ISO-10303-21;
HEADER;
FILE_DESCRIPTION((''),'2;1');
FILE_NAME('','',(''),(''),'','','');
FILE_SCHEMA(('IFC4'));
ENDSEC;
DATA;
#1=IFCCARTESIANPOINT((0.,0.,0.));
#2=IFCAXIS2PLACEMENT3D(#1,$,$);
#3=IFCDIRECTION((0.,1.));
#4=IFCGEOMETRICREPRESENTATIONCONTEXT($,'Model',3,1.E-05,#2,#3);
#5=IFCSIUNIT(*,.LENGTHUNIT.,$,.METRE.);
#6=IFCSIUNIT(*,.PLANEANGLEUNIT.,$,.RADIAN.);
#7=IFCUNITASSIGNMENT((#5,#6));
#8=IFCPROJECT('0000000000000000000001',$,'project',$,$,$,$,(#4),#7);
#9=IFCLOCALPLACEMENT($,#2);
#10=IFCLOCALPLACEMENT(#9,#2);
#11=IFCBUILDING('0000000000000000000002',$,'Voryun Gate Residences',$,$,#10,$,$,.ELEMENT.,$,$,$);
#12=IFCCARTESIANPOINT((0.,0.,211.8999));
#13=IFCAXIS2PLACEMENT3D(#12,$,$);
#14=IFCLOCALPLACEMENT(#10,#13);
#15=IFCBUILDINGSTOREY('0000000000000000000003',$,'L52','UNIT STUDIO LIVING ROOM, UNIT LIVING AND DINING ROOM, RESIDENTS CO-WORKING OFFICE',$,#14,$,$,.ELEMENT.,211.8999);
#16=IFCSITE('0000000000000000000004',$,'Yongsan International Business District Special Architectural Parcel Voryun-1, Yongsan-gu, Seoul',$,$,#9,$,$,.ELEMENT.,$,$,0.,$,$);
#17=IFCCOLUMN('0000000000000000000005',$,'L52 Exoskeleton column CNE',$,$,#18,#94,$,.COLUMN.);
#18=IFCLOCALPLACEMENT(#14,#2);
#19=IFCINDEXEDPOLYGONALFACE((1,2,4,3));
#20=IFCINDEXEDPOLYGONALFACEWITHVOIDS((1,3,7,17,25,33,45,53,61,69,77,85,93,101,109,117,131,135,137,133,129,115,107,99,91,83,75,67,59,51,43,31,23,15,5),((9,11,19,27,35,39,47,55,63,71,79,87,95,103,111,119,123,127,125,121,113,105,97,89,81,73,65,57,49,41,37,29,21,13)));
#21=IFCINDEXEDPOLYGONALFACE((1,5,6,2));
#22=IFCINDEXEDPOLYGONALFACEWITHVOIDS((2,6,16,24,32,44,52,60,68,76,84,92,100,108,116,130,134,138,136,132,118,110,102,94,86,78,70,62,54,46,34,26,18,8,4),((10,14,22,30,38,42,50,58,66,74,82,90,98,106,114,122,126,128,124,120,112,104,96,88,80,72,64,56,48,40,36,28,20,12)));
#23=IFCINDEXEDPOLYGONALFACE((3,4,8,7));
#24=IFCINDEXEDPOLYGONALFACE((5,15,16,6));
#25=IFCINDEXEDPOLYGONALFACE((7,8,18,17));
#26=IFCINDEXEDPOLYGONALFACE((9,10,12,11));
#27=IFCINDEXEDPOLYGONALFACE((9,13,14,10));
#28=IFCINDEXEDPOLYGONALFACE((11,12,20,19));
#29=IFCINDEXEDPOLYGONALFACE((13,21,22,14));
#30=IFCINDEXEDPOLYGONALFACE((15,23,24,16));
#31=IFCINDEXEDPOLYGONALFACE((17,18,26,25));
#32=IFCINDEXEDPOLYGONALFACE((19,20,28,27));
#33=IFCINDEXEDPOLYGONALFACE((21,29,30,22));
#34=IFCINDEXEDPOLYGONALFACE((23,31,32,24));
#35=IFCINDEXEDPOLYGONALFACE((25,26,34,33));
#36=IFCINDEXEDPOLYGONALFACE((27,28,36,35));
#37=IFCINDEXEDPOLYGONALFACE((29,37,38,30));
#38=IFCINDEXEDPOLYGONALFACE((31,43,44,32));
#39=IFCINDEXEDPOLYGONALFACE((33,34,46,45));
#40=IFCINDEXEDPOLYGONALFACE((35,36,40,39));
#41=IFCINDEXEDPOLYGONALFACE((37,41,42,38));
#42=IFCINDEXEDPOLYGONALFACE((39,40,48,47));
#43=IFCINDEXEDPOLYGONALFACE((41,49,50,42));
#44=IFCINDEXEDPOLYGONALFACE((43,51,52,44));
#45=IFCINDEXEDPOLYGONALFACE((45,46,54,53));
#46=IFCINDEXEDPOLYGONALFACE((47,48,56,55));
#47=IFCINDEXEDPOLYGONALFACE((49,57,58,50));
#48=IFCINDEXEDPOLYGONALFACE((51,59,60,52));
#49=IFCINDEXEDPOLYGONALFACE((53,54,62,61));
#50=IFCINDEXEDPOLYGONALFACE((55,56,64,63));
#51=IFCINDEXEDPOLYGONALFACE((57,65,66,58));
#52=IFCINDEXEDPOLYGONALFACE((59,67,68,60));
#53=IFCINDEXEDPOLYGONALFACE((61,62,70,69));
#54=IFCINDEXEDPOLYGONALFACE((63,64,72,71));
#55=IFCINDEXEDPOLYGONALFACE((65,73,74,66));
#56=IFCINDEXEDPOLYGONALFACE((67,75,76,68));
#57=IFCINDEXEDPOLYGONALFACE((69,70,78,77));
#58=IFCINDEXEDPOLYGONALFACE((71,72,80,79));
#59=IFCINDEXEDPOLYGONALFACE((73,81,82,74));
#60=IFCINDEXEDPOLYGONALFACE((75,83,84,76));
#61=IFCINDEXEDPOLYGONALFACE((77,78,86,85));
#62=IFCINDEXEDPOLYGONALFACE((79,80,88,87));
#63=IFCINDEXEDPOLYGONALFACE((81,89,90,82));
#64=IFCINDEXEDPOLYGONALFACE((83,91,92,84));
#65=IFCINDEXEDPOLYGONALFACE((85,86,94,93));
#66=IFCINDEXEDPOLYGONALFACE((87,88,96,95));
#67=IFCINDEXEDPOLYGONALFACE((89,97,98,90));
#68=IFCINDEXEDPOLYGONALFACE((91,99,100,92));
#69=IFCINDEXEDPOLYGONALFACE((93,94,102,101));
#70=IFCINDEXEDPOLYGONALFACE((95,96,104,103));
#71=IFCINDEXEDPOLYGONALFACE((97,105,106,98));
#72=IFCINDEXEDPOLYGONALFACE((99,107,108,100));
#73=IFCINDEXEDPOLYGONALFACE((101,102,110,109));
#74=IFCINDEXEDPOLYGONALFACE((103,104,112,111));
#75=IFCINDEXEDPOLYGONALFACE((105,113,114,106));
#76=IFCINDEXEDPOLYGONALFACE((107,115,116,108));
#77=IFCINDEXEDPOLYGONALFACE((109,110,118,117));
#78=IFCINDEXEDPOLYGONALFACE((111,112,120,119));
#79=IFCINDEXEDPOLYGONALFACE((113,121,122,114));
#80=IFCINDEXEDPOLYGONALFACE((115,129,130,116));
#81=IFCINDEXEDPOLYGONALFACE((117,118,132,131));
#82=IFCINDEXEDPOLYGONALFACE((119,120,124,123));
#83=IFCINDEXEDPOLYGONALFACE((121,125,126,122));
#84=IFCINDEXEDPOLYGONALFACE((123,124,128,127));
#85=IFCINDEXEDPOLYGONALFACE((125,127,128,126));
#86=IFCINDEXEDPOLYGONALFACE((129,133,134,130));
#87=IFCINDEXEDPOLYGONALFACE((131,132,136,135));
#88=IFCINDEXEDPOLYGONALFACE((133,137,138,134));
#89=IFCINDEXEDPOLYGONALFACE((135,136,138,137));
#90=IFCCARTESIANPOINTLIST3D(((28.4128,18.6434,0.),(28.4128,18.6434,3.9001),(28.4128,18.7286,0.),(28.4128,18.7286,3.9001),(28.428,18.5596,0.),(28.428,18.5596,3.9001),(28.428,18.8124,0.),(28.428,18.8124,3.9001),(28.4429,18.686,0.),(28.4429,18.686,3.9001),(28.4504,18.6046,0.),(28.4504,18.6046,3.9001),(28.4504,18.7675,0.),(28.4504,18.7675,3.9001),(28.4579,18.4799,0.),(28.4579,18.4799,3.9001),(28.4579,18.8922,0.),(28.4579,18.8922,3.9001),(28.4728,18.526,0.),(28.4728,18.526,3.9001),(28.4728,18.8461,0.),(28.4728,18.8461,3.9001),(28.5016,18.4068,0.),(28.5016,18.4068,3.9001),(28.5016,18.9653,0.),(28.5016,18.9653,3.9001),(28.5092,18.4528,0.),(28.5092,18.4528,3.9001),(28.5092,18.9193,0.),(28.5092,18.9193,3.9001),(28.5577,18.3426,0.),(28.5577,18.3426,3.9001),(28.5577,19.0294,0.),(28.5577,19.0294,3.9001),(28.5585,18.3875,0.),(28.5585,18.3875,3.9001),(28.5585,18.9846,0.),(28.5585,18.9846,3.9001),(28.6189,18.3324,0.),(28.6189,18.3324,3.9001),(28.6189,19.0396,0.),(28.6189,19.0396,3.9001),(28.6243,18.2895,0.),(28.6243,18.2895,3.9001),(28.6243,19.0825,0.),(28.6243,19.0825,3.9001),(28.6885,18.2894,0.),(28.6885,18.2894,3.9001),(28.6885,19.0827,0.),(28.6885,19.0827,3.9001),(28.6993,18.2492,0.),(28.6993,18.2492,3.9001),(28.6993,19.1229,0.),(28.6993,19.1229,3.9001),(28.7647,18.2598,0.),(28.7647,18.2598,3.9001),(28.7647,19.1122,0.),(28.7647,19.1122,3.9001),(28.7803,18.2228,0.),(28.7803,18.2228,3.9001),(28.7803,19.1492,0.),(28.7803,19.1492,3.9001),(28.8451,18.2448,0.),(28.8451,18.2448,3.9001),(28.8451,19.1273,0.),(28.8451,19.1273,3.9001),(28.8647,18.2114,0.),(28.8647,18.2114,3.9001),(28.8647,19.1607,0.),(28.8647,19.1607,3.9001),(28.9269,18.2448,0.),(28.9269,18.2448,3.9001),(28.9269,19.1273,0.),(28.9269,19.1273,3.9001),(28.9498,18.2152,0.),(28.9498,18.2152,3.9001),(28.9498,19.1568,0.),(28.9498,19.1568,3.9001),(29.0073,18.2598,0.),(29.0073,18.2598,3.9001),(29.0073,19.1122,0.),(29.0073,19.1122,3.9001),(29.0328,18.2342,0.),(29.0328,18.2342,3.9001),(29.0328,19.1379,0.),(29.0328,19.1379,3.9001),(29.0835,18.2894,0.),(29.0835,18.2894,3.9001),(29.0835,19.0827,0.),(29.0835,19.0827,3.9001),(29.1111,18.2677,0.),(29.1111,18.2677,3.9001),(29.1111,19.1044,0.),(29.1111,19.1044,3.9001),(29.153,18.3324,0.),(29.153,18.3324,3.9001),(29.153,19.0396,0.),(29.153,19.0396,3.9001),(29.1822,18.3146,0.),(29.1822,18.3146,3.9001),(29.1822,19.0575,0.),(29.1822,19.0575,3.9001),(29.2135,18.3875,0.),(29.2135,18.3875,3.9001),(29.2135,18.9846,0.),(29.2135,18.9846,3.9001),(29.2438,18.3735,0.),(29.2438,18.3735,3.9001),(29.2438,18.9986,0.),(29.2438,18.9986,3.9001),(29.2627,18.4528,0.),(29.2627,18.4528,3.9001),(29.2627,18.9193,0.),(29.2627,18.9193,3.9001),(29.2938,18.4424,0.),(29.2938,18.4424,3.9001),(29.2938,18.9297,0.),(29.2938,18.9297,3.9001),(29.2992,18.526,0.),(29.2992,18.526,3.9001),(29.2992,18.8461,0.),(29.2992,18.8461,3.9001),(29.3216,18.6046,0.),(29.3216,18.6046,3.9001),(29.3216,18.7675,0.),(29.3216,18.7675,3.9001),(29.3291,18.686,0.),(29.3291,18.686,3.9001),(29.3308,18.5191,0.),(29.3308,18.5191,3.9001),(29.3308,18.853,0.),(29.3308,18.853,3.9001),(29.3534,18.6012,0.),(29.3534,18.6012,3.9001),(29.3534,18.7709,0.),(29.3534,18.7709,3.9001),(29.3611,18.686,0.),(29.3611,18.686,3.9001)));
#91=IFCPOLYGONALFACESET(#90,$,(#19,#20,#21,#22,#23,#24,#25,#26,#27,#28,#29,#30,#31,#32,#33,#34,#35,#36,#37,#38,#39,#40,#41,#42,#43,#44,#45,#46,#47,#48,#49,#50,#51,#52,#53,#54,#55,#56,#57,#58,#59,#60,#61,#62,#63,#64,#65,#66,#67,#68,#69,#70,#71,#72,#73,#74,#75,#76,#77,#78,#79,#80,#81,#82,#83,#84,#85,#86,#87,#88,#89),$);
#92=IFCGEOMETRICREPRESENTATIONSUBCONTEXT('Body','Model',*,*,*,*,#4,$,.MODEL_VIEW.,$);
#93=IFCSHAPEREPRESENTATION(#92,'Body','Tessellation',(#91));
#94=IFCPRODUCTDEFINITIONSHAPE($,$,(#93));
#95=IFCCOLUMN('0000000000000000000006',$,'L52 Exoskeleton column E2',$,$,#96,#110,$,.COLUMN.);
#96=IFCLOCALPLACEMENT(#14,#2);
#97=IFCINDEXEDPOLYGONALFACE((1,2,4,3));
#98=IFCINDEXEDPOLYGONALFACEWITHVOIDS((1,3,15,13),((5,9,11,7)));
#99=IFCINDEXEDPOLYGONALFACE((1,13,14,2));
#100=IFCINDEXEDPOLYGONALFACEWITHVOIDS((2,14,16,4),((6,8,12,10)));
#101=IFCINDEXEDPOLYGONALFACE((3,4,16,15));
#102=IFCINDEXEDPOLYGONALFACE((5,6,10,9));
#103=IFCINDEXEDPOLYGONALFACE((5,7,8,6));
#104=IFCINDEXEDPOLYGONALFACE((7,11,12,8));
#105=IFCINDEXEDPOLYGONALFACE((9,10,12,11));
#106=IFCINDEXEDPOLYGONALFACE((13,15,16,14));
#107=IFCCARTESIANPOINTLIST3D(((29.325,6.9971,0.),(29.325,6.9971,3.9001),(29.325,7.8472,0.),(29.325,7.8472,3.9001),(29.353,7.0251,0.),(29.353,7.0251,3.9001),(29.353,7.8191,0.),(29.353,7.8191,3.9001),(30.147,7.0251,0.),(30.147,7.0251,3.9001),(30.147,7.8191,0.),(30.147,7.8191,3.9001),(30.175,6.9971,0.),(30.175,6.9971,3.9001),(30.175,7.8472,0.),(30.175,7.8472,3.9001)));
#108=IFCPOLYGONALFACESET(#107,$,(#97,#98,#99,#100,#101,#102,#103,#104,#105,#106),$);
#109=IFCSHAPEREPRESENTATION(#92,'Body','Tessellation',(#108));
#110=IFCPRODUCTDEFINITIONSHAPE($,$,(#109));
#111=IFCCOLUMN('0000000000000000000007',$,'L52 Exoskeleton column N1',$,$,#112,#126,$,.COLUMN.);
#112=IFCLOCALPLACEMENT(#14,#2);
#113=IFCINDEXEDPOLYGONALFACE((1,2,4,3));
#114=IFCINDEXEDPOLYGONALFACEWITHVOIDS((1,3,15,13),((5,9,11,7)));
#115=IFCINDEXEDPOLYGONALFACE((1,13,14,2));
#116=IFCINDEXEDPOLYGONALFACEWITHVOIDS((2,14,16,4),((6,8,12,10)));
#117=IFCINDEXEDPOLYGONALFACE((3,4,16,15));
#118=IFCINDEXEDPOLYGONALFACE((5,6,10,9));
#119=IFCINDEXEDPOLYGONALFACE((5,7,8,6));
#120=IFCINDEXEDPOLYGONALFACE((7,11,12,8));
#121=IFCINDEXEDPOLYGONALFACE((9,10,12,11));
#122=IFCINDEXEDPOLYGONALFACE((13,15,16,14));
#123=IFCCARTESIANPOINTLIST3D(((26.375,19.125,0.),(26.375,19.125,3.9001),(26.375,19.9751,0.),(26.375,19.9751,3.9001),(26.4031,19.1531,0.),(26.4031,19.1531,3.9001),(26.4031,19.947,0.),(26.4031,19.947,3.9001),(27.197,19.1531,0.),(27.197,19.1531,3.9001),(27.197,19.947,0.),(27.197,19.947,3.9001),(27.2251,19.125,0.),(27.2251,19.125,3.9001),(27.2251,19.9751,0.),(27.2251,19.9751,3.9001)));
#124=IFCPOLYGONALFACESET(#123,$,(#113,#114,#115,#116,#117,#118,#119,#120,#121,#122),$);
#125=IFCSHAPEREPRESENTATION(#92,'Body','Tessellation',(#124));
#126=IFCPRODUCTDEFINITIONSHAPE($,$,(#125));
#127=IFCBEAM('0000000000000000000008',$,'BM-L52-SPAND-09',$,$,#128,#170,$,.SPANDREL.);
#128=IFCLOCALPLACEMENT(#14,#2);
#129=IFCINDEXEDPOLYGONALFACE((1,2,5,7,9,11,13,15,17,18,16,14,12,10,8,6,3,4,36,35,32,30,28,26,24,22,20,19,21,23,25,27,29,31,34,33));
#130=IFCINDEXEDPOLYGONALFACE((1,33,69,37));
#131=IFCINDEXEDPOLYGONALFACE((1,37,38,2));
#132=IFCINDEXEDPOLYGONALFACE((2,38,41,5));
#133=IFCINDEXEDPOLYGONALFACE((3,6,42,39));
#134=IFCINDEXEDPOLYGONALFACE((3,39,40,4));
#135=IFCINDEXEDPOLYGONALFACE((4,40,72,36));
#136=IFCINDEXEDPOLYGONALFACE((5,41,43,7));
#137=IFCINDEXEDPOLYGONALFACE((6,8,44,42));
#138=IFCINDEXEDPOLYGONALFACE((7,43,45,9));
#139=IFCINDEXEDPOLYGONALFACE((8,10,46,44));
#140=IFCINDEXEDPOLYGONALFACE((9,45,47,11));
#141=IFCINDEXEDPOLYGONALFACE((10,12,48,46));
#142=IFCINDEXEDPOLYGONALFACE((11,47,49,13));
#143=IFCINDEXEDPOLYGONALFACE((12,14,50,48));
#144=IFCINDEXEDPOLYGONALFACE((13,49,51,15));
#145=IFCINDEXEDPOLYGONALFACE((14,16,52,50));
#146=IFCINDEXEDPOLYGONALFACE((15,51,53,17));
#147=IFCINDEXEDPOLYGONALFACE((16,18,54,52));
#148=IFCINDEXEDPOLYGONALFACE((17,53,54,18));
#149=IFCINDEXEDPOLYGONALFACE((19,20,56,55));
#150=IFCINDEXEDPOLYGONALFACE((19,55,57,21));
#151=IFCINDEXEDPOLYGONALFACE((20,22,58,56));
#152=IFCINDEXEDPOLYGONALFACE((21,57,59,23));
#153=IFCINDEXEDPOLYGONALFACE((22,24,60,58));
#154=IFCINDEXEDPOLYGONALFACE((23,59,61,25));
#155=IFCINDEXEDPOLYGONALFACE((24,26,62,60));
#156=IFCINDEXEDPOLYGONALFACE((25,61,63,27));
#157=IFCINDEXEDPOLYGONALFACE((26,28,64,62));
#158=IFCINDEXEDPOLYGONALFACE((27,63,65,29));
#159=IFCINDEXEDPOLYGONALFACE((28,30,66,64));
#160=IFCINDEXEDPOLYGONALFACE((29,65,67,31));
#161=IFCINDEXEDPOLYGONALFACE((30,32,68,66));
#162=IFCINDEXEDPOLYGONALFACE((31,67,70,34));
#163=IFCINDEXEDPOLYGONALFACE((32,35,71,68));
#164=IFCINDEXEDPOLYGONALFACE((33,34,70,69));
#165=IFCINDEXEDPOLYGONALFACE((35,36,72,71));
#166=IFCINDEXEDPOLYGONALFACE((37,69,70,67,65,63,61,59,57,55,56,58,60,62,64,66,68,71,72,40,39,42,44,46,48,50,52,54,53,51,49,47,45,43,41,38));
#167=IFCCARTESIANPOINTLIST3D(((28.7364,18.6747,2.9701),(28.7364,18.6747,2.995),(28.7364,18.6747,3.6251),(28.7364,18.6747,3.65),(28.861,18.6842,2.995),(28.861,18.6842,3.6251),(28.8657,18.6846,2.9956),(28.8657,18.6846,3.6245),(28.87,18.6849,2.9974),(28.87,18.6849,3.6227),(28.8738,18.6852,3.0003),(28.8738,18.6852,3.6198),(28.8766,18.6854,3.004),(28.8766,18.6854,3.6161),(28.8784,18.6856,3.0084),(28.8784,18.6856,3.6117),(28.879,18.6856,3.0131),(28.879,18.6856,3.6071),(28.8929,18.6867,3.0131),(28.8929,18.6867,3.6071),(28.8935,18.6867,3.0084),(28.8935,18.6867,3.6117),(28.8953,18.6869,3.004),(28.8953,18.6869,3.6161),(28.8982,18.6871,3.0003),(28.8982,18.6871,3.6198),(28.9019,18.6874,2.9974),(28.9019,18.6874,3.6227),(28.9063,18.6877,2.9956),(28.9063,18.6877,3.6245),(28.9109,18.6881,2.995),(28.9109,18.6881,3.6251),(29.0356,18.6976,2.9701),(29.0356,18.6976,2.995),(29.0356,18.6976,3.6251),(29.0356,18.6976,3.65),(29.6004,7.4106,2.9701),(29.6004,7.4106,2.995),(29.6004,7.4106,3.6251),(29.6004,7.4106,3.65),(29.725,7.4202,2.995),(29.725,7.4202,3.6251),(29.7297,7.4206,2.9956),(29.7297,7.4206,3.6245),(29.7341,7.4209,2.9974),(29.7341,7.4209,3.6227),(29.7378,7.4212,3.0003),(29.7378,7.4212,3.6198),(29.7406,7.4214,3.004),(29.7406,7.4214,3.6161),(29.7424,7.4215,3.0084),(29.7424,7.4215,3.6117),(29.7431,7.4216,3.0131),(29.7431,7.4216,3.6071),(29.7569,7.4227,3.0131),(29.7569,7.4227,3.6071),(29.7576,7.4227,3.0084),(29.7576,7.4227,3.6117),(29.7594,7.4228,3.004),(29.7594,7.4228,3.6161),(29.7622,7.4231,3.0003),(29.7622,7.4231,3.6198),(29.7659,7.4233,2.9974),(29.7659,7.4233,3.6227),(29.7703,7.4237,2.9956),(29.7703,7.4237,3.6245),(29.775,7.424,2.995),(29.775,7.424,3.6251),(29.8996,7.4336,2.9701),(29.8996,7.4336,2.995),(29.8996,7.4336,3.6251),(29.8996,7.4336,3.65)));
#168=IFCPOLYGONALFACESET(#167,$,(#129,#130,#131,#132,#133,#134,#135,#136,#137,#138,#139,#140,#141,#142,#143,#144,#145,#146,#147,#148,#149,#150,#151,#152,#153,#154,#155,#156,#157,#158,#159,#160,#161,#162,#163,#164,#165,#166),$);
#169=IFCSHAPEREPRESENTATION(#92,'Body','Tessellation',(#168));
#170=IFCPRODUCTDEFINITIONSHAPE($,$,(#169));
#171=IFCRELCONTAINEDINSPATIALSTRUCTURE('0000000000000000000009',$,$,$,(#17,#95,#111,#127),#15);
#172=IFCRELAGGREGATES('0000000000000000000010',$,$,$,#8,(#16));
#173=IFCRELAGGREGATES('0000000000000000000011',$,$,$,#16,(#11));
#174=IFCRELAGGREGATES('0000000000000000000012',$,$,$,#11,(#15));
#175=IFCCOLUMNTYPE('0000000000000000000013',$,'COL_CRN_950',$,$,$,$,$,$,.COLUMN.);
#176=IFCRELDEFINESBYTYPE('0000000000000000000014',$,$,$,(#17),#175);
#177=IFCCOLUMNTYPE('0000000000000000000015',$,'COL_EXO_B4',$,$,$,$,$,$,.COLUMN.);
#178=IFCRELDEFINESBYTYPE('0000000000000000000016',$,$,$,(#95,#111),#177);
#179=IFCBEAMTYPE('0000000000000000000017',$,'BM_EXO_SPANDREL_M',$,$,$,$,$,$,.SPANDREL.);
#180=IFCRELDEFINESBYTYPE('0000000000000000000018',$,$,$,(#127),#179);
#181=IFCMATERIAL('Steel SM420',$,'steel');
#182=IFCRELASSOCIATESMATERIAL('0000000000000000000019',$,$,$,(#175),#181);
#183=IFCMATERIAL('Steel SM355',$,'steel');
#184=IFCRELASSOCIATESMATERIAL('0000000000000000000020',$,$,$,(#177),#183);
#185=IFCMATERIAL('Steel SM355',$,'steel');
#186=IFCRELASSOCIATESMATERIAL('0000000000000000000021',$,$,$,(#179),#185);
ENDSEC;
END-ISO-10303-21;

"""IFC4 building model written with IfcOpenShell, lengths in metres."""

from ifc_helpers import new_model, si_unit, direction, frame, origin, origin_2d, place, context, subcontext, project, spatial, hollow_rectangle, hollow_circle, i_section, extrude, material, material_profile, profile_set, type_object, element, save


model = new_model("IFC4")

# Units and contexts
model_context = context("Model", 3, precision=1e-05, world=origin(), true_north=direction((0.0, 1.0)))
body_context = subcontext(model_context, "Body", "Model", "MODEL_VIEW")
ifc_project = project(units=[si_unit("LENGTHUNIT", "METRE"), si_unit("PLANEANGLEUNIT", "RADIAN")], contexts=[model_context])

# Site, building, storey
site_placement = place(None, origin())
site = spatial("IfcSite", under=ifc_project, at=site_placement, Name="Yongsan International Business District Special Architectural Parcel Voryun-1, Yongsan-gu, Seoul", CompositionType="ELEMENT", RefElevation=0.0)
building_placement = place(site_placement, origin())
building = spatial("IfcBuilding", under=site, at=building_placement, Name="Voryun Gate Residences", CompositionType="ELEMENT")
storey_placement = place(building_placement, frame((0.0, 0.0, 211.8999)))
storey = spatial("IfcBuildingStorey", under=building, at=storey_placement, Name="L52", Description="UNIT STUDIO LIVING ROOM, UNIT LIVING AND DINING ROOM, RESIDENTS CO-WORKING OFFICE", CompositionType="ELEMENT", Elevation=211.8999)

# Columns
ifc_material_1 = material(Name="Steel SM420", Category="steel")
ifc_material_profile_1 = material_profile(ifc_material_1, hollow_circle(Radius=0.4751, WallThickness=0.032, at=origin_2d()), Name="CHS-950x32")
ifc_profile_set_1 = profile_set([ifc_material_profile_1], Name="Steel SM420")
column_type_1 = type_object("IfcColumnType", Name="COL_CRN_950", PredefinedType="COLUMN", material=ifc_profile_set_1)
column_placement = place(storey_placement, frame((28.886, 18.686, 0.0), z_axis=(0.0, 0.0, 1.0), x_axis=(1.0, 0.0, 0.0)))
element("IfcColumn", 1, at=column_placement, inside=storey, type_object=column_type_1, Name="L52 Exoskeleton column CNE", PredefinedType="COLUMN", context=body_context, shape_type="SweptSolid", body=[
    extrude(hollow_circle(Radius=0.4751, WallThickness=0.032, at=origin_2d()), origin(), (0.0, 0.0, 1.0), 3.9001),
])
ifc_material_2 = material(Name="Steel SM355", Category="steel")
ifc_material_profile_2 = material_profile(ifc_material_2, hollow_rectangle(XDim=0.8501, YDim=0.8501, WallThickness=0.0281, at=origin_2d()), Name="BOX-850x850x28")
ifc_profile_set_2 = profile_set([ifc_material_profile_2], Name="Steel SM355")
column_type_2 = type_object("IfcColumnType", Name="COL_EXO_B4", PredefinedType="COLUMN", material=ifc_profile_set_2)
for number, where, z_axis, x_axis, name in (
    (2, (29.75, 7.4221, 0.0), (0.0, 0.0, 1.0), (1.0, 0.0, 0.0), "L52 Exoskeleton column E2"),
    (3, (26.8, 19.55, 0.0), (0.0, 0.0, 1.0), (1.0, 0.0, 0.0), "L52 Exoskeleton column N1"),
):
    element("IfcColumn", number, at=place(storey_placement, frame(where, z_axis=z_axis, x_axis=x_axis)), inside=storey, type_object=column_type_2, Name=name, PredefinedType="COLUMN", context=body_context, shape_type="SweptSolid", body=[
        extrude(hollow_rectangle(XDim=0.8501, YDim=0.8501, WallThickness=0.0281, at=origin_2d()), origin(), (0.0, 0.0, 1.0), 3.9001),
    ])

# Beam
ifc_material_3 = material(Name="Steel SM355", Category="steel")
ifc_material_profile_3 = material_profile(ifc_material_3, i_section(OverallWidth=0.3, OverallDepth=0.6799, WebThickness=0.0139, FlangeThickness=0.0249, FilletRadius=0.0181, at=origin_2d()), Name="H-680x300x14x25")
ifc_profile_set_3 = profile_set([ifc_material_profile_3], Name="Steel SM355")
beam_type = type_object("IfcBeamType", Name="BM_EXO_SPANDREL_M", PredefinedType="SPANDREL", material=ifc_profile_set_3)
beam_1_placement = place(storey_placement, frame((29.75, 7.4221, 3.3101), z_axis=(-0.076482, 0.997071, 0.0), x_axis=(-0.997071, -0.076482, 0.0)))
element("IfcBeam", 4, at=beam_1_placement, inside=storey, type_object=beam_type, Name="BM-L52-SPAND-09", PredefinedType="SPANDREL", context=body_context, shape_type="SweptSolid", body=[
    extrude(i_section(OverallWidth=0.3, OverallDepth=0.6799, WebThickness=0.0139, FlangeThickness=0.0249, FilletRadius=0.0181, at=origin_2d()), origin(), (0.0, 0.0, 1.0), 11.2971),
])

save(model, "model.ifc")
